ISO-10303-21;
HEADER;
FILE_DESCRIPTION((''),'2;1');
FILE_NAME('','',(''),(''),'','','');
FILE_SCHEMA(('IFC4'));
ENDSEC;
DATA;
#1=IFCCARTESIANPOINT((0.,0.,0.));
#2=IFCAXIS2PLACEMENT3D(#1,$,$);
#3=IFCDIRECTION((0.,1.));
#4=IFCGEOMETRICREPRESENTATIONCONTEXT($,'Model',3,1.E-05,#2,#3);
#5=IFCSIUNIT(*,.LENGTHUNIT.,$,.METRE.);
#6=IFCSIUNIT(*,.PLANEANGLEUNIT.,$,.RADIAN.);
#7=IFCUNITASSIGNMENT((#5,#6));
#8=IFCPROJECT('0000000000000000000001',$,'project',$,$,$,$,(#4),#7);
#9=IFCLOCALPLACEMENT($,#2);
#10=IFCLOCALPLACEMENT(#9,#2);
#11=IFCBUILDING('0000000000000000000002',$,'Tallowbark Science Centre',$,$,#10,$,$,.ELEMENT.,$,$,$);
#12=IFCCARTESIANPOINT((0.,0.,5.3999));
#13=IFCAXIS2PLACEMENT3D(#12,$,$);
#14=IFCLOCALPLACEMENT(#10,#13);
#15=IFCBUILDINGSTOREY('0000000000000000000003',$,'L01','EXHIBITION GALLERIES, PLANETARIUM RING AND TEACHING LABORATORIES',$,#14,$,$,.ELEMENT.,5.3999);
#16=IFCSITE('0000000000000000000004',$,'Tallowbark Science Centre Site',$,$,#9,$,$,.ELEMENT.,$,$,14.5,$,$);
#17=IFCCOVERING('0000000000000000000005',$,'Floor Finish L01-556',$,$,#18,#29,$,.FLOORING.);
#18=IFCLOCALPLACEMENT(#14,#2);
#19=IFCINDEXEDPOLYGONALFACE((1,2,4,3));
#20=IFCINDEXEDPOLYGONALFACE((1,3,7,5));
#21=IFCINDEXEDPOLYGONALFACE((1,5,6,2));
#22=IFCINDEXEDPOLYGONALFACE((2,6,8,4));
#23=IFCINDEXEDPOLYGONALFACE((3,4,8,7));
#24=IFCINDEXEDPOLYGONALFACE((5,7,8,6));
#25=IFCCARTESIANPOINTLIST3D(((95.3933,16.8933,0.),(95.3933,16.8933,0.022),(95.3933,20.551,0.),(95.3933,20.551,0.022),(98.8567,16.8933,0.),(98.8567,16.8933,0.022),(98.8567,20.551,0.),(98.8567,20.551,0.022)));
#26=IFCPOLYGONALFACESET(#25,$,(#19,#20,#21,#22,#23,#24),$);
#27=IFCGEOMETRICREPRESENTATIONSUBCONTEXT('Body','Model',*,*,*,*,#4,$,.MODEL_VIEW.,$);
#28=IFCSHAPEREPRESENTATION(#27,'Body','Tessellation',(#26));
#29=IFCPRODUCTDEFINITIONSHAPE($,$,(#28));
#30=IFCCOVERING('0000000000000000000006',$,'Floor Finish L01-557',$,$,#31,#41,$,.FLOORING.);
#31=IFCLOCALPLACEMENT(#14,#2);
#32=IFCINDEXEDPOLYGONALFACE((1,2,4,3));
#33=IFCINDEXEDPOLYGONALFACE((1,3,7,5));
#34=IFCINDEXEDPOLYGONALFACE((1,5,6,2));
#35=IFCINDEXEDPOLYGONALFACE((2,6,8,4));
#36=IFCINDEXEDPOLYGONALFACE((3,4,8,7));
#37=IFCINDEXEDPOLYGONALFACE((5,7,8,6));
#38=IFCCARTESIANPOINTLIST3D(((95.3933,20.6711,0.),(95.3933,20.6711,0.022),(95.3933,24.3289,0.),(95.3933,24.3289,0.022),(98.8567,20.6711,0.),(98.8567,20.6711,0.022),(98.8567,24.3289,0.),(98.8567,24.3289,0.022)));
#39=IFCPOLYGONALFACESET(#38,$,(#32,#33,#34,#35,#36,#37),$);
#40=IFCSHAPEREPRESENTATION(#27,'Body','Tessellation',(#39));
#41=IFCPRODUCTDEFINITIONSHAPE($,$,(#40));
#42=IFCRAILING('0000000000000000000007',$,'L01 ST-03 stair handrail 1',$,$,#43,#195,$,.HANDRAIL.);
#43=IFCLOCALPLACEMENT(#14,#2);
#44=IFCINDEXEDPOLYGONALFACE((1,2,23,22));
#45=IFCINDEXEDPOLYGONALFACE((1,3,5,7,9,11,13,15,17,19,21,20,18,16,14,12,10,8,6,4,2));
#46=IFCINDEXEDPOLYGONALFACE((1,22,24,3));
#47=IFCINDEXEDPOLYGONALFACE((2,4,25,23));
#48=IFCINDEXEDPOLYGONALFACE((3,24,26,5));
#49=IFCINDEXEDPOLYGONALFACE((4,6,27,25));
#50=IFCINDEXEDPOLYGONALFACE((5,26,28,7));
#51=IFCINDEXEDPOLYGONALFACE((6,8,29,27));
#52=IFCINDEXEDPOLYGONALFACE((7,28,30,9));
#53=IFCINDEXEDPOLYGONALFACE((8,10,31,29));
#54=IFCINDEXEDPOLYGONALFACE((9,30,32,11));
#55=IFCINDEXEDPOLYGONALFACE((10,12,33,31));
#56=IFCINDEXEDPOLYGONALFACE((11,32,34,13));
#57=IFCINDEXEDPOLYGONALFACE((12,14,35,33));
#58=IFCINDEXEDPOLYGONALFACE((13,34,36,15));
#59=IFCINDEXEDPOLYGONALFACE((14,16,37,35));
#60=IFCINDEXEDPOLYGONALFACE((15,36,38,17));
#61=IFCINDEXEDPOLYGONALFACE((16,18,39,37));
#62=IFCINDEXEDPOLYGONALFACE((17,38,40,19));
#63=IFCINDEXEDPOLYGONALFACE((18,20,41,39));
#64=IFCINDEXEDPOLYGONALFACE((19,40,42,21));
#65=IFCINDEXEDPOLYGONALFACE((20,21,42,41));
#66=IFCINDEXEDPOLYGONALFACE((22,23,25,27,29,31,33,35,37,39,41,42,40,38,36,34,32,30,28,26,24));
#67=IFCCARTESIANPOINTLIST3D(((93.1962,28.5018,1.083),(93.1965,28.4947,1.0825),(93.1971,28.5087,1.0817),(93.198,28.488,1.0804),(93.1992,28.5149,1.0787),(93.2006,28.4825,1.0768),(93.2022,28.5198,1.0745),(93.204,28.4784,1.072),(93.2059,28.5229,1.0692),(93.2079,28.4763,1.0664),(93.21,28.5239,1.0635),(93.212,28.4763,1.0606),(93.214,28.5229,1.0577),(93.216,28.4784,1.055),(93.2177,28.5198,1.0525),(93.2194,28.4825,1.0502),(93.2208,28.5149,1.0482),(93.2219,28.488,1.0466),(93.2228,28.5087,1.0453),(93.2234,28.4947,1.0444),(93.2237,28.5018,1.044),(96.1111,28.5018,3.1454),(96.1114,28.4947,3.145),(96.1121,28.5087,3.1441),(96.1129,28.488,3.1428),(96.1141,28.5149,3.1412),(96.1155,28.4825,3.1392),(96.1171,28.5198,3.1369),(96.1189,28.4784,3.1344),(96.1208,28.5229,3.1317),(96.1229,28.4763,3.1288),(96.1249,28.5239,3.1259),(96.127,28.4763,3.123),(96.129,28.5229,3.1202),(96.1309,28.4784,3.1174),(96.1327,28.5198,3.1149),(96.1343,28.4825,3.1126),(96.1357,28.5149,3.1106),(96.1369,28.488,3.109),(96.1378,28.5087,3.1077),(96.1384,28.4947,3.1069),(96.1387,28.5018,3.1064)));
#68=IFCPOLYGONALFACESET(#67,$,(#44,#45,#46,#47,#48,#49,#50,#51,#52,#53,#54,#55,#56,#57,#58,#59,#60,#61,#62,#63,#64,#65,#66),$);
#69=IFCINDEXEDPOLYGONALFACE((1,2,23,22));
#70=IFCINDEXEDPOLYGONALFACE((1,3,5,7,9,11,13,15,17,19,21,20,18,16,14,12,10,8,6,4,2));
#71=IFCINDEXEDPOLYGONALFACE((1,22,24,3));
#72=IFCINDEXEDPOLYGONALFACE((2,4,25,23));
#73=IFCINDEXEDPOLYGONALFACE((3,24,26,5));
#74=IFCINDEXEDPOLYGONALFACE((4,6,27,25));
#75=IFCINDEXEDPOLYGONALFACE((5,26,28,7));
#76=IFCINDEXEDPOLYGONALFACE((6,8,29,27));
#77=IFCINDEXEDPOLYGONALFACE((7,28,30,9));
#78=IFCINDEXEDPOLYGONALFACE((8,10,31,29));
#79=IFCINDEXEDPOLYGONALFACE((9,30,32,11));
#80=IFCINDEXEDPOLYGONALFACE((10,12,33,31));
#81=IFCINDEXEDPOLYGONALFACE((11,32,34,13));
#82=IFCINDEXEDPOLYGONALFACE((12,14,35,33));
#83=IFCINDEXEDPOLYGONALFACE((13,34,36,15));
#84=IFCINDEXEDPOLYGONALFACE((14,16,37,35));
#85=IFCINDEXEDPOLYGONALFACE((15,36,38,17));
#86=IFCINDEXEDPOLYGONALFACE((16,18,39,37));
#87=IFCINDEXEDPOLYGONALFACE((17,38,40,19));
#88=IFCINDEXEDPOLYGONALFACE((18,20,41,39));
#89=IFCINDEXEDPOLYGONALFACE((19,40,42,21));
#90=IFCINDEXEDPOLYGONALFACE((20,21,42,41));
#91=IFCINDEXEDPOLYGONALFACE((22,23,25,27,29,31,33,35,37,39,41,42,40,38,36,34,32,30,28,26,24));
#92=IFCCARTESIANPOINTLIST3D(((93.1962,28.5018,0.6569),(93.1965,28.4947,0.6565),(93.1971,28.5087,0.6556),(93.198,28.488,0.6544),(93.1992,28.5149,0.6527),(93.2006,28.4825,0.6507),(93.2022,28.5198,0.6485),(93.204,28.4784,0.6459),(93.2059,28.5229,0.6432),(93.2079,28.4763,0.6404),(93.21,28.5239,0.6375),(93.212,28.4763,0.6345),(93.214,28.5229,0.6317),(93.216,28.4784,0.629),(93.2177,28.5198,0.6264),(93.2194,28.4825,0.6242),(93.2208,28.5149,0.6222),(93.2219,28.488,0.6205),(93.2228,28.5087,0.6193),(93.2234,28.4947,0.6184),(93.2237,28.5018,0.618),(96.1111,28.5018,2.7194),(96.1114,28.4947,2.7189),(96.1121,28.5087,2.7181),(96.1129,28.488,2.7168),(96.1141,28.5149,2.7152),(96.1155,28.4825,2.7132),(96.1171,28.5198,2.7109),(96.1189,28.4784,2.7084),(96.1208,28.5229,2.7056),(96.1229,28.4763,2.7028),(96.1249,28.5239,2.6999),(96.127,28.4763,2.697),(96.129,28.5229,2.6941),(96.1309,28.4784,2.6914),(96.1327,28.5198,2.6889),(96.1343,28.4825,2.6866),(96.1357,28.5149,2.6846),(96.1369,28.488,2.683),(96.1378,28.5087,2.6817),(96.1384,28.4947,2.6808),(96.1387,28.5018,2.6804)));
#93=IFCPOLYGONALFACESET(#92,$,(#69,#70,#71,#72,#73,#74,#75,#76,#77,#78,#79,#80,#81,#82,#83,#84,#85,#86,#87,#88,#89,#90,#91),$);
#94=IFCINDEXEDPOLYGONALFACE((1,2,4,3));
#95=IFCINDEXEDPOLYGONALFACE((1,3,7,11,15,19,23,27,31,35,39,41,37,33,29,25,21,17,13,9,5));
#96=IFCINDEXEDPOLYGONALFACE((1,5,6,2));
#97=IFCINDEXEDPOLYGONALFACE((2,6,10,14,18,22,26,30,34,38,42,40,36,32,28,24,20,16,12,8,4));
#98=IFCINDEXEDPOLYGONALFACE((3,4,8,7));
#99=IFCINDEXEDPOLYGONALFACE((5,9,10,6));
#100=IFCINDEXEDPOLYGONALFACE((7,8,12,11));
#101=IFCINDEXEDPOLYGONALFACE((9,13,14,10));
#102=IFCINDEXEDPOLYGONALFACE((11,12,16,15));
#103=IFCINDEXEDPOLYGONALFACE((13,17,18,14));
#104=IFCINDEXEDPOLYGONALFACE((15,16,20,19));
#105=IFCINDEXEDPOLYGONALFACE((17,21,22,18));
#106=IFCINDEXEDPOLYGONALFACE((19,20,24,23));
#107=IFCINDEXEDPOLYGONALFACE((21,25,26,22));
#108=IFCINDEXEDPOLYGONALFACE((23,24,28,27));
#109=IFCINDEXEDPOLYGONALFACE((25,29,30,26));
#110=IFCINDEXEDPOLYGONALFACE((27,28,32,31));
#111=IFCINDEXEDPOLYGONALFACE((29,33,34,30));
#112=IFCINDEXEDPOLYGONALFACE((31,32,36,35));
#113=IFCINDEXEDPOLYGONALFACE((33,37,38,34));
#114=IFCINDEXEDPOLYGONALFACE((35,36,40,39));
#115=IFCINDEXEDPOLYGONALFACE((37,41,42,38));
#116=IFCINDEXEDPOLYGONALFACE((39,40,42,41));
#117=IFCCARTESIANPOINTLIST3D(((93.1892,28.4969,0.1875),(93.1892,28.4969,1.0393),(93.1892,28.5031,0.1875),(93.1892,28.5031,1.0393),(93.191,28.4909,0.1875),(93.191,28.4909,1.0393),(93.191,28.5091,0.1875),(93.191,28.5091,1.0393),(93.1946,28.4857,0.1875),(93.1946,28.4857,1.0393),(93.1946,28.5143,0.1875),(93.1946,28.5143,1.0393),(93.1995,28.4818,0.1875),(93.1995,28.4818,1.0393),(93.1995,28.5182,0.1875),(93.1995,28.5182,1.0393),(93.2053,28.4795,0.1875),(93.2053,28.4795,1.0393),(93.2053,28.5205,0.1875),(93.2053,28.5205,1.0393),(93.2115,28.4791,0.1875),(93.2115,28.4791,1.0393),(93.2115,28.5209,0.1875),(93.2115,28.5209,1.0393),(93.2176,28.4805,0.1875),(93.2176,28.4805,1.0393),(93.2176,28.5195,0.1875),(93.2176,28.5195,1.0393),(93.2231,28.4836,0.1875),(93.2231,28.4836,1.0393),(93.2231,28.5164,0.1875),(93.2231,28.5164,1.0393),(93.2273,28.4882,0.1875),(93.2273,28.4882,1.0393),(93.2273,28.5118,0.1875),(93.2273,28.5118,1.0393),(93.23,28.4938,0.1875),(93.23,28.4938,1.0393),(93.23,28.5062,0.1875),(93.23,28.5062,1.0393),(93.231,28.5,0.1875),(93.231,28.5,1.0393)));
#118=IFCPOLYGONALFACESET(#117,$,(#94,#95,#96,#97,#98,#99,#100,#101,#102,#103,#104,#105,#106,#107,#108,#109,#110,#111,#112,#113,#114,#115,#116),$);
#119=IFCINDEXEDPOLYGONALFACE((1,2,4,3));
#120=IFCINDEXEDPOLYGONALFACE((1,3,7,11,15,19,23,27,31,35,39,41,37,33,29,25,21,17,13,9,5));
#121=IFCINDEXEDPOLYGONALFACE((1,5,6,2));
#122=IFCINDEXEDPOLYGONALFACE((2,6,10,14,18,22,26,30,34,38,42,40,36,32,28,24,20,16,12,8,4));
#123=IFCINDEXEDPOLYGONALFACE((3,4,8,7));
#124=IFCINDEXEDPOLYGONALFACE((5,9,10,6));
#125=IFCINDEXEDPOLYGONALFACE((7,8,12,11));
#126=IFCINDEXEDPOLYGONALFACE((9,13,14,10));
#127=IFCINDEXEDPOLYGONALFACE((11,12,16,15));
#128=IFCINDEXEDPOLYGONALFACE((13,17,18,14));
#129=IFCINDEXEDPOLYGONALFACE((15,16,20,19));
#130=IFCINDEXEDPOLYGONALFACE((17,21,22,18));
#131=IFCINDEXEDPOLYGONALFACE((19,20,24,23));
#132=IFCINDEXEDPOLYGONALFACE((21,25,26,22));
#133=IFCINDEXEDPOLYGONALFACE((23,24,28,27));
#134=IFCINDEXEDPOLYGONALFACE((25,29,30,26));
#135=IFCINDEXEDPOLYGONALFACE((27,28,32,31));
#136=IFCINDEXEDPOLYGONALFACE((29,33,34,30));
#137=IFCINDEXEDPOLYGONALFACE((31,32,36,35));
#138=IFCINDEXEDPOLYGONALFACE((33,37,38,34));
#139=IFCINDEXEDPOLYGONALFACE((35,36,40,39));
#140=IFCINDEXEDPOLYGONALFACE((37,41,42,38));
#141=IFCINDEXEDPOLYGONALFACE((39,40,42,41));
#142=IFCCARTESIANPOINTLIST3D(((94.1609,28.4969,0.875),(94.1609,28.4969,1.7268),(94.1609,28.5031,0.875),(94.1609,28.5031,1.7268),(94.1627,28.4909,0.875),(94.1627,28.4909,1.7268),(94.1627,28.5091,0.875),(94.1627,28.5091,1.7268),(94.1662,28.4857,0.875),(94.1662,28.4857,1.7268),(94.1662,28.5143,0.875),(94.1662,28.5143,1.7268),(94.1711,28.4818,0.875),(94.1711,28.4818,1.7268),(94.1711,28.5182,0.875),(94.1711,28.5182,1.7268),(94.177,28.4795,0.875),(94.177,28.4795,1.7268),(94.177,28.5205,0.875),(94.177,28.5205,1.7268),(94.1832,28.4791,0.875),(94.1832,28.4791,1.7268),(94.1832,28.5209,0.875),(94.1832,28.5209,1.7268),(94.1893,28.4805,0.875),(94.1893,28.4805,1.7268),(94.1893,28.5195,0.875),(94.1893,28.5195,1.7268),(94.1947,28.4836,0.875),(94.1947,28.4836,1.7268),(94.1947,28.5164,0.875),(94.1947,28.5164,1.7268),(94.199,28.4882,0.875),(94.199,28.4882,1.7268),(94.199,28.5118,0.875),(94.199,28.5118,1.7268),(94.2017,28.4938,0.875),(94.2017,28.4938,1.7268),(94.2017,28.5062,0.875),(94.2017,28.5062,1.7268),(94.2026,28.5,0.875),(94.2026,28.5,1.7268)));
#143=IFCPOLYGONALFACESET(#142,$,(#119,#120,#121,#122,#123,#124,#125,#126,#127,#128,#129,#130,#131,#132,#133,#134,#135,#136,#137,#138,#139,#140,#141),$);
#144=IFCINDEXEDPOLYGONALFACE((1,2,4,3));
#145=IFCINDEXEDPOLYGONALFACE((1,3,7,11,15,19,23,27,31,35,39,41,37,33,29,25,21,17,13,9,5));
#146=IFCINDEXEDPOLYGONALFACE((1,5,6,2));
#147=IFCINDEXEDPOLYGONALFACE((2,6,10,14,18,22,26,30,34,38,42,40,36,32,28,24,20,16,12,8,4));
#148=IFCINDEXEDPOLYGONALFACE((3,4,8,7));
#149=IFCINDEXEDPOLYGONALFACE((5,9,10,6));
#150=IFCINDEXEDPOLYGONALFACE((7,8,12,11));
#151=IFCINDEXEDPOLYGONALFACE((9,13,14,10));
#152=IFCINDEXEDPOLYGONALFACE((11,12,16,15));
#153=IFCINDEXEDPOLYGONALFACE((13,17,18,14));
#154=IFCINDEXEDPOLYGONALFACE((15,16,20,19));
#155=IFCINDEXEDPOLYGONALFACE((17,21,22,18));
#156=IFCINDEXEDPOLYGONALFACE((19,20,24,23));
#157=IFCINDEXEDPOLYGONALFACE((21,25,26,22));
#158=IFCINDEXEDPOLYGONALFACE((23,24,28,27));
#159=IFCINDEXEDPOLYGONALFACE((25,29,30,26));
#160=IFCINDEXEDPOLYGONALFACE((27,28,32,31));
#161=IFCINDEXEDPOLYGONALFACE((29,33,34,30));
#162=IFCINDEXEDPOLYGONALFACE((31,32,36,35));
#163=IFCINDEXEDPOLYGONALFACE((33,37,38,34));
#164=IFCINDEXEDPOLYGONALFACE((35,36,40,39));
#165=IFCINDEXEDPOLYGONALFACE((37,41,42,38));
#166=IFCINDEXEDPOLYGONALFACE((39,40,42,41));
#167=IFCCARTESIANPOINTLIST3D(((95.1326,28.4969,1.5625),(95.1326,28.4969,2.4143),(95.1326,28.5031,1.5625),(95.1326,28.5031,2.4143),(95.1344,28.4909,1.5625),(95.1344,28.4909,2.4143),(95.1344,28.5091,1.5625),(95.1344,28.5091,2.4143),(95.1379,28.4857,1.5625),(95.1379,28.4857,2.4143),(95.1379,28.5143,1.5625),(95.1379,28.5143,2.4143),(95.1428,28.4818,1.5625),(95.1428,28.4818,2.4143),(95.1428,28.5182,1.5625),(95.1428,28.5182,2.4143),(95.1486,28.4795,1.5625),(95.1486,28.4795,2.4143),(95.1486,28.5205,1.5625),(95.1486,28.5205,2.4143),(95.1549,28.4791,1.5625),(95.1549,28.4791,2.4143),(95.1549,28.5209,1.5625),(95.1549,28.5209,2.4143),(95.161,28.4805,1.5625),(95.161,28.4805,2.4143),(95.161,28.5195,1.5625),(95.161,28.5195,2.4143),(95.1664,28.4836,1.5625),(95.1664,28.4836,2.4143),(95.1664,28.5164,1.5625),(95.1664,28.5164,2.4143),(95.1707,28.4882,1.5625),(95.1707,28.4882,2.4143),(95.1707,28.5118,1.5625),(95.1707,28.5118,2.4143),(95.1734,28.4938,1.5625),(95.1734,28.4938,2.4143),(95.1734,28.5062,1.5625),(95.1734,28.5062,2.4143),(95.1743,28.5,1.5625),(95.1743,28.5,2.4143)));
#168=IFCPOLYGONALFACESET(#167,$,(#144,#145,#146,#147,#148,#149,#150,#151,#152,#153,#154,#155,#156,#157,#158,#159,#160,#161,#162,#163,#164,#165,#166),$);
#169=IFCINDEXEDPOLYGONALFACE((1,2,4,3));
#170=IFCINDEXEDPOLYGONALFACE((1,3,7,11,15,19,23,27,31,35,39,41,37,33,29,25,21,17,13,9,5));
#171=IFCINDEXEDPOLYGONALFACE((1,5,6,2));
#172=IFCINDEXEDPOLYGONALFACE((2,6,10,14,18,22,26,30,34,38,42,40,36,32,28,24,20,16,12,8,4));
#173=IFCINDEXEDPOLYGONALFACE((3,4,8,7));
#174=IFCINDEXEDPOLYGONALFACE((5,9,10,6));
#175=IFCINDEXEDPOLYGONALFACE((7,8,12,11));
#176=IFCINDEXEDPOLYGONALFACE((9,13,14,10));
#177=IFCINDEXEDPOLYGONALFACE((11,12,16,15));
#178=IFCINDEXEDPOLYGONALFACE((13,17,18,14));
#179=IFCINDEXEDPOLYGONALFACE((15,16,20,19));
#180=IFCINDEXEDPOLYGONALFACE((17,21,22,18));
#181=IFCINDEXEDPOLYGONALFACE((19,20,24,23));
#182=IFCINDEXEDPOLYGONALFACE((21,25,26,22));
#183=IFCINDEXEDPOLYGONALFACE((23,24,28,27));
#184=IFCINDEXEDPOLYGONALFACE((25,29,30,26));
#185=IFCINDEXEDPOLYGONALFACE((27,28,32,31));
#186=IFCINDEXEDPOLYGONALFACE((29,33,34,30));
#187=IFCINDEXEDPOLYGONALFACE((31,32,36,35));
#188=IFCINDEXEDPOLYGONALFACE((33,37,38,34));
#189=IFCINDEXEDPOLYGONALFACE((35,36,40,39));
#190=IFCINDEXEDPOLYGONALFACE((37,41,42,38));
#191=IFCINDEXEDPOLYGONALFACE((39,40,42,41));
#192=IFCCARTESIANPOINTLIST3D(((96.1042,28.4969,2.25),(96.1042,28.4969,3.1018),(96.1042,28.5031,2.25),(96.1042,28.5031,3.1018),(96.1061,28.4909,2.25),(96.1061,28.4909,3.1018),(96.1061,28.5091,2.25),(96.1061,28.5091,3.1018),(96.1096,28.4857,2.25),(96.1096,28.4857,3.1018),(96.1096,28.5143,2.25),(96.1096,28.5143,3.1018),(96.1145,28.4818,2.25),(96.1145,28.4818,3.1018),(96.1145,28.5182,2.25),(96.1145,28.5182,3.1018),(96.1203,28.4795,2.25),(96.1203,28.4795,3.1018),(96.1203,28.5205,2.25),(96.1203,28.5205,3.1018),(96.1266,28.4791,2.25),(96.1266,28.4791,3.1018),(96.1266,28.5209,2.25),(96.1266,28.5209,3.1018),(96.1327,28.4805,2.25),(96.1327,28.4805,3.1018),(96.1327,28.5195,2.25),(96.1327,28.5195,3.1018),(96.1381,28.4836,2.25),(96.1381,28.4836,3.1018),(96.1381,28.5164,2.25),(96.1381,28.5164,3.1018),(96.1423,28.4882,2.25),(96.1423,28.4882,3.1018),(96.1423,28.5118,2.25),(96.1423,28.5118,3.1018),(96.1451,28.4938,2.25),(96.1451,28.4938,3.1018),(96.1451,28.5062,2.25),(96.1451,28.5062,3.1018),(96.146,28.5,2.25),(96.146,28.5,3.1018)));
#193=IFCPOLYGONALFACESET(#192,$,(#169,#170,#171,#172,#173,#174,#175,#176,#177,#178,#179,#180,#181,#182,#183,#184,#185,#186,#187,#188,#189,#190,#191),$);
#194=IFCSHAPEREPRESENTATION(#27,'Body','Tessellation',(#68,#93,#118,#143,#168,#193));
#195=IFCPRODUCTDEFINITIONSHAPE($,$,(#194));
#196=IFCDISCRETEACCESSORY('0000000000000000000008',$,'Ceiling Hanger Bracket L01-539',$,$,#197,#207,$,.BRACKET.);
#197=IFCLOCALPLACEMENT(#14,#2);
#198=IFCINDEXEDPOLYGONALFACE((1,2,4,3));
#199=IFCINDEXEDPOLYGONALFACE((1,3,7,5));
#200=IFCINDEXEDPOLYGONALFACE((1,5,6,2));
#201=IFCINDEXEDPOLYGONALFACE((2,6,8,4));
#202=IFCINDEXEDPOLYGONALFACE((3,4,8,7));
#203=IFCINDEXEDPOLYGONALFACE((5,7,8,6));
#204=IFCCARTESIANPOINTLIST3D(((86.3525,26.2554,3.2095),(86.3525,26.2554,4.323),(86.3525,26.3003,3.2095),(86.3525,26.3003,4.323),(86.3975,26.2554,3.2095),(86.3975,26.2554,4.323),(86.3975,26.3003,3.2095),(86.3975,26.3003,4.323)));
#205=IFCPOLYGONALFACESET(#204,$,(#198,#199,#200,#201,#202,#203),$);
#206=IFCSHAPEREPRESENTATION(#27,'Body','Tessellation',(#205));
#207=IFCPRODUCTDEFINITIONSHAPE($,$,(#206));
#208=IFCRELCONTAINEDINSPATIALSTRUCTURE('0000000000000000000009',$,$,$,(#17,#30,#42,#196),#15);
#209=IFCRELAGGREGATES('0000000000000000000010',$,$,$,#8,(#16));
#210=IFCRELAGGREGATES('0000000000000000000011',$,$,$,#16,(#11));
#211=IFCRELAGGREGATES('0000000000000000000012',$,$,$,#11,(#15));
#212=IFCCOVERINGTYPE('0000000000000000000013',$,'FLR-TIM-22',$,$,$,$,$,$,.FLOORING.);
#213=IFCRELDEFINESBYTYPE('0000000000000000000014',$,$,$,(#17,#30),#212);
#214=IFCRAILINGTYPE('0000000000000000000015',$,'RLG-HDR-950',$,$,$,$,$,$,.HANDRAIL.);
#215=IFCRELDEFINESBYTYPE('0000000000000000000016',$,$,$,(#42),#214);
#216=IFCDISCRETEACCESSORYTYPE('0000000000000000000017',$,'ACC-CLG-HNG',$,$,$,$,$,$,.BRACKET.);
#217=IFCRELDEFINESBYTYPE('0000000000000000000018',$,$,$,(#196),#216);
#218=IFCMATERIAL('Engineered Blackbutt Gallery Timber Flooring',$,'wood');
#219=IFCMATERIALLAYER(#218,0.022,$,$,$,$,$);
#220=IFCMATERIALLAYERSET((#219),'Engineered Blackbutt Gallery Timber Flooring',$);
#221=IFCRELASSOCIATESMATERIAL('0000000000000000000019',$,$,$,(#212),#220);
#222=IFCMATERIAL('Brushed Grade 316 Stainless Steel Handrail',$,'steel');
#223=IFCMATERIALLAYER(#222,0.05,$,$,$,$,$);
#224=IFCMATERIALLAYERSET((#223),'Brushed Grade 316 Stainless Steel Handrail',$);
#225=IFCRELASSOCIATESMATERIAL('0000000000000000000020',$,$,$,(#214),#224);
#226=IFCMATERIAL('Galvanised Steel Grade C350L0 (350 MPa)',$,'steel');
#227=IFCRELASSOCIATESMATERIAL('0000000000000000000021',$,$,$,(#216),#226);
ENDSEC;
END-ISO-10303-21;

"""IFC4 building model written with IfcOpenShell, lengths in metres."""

from ifc_helpers import new_model, si_unit, direction, frame, origin, origin_2d, place, context, subcontext, project, spatial, rectangle, circle, extrude, material, layer, layer_set, type_object, element, save


model = new_model("IFC4")

# Units and contexts
model_context = context("Model", 3, precision=1e-05, world=origin(), true_north=direction((0.0, 1.0)))
body_context = subcontext(model_context, "Body", "Model", "MODEL_VIEW")
ifc_project = project(units=[si_unit("LENGTHUNIT", "METRE"), si_unit("PLANEANGLEUNIT", "RADIAN")], contexts=[model_context])

# Site, building, storey
site_placement = place(None, origin())
site = spatial("IfcSite", under=ifc_project, at=site_placement, Name="Tallowbark Science Centre Site", CompositionType="ELEMENT", RefElevation=14.5)
building_placement = place(site_placement, origin())
building = spatial("IfcBuilding", under=site, at=building_placement, Name="Tallowbark Science Centre", CompositionType="ELEMENT")
storey_placement = place(building_placement, frame((0.0, 0.0, 5.3999)))
storey = spatial("IfcBuildingStorey", under=building, at=storey_placement, Name="L01", Description="EXHIBITION GALLERIES, PLANETARIUM RING AND TEACHING LABORATORIES", CompositionType="ELEMENT", Elevation=5.3999)

# Coverings
ifc_material_1 = material(Name="Engineered Blackbutt Gallery Timber Flooring", Category="wood")
ifc_layer_1 = layer(ifc_material_1, 0.022)
ifc_layer_set_1 = layer_set([ifc_layer_1], Name="Engineered Blackbutt Gallery Timber Flooring")
covering_type_1 = type_object("IfcCoveringType", Name="FLR-TIM-22", PredefinedType="FLOORING", material=ifc_layer_set_1)
for number, where, z_axis, x_axis, name in (
    (1, (97.125, 18.7222, 0.0), (0.0, 0.0, 1.0), (1.0, 0.0, 0.0), "Floor Finish L01-556"),
    (2, (97.125, 22.5, 0.0), (0.0, 0.0, 1.0), (1.0, 0.0, 0.0), "Floor Finish L01-557"),
):
    element("IfcCovering", number, at=place(storey_placement, frame(where, z_axis=z_axis, x_axis=x_axis)), inside=storey, type_object=covering_type_1, Name=name, PredefinedType="FLOORING", context=body_context, shape_type="SweptSolid", body=[
        extrude(rectangle(XDim=3.4634, YDim=3.6577, at=origin_2d()), origin(), (0.0, 0.0, 1.0), 0.022),
    ])

# Railing
ifc_material_2 = material(Name="Brushed Grade 316 Stainless Steel Handrail", Category="steel")
ifc_layer_2 = layer(ifc_material_2, 0.05)
ifc_layer_set_2 = layer_set([ifc_layer_2], Name="Brushed Grade 316 Stainless Steel Handrail")
railing_type = type_object("IfcRailingType", Name="RLG-HDR-950", PredefinedType="HANDRAIL", material=ifc_layer_set_2)
railing_placement = place(storey_placement, frame((93.21, 28.5, 0.1875)))
element("IfcRailing", 3, at=railing_placement, inside=storey, type_object=railing_type, Name="L01 ST-03 stair handrail 1", PredefinedType="HANDRAIL", context=body_context, shape_type="SweptSolid", body=[
    extrude(circle(Radius=0.0239, at=origin_2d()), frame((0.0, 0.0, 0.876), z_axis=(0.816331, 0.0, 0.577585), x_axis=(0.0, 1.0, 0.0)), (0.0, 0.0, 1.0), 3.5708),
    extrude(circle(Radius=0.0239, at=origin_2d()), frame((0.0, 0.0, 0.45), z_axis=(0.816331, 0.0, 0.577585), x_axis=(0.0, 1.0, 0.0)), (0.0, 0.0, 1.0), 3.5708),
    extrude(circle(Radius=0.021, at=origin_2d()), origin(), (0.0, 0.0, 1.0), 0.8518),
    extrude(circle(Radius=0.021, at=origin_2d()), frame((0.9717, 0.0, 0.6875)), (0.0, 0.0, 1.0), 0.8518),
    extrude(circle(Radius=0.021, at=origin_2d()), frame((1.9434, 0.0, 1.375)), (0.0, 0.0, 1.0), 0.8518),
    extrude(circle(Radius=0.021, at=origin_2d()), frame((2.915, 0.0, 2.0625)), (0.0, 0.0, 1.0), 0.8518),
])

# Discrete accessory
ifc_material_3 = material(Name="Galvanised Steel Grade C350L0 (350 MPa)", Category="steel")
discrete_accessory_type = type_object("IfcDiscreteAccessoryType", Name="ACC-CLG-HNG", PredefinedType="BRACKET", material=ifc_material_3)
for number, where, z_axis, x_axis, name in (
    (4, (86.375, 26.2778, 3.2095), (0.0, 0.0, 1.0), (1.0, 0.0, 0.0), "Ceiling Hanger Bracket L01-539"),
):
    element("IfcDiscreteAccessory", number, at=place(storey_placement, frame(where, z_axis=z_axis, x_axis=x_axis)), inside=storey, type_object=discrete_accessory_type, Name=name, PredefinedType="BRACKET", context=body_context, shape_type="SweptSolid", body=[
        extrude(rectangle(XDim=0.0449, YDim=0.0449, at=origin_2d()), origin(), (0.0, 0.0, 1.0), 1.1135),
    ])

save(model, "model.ifc")
